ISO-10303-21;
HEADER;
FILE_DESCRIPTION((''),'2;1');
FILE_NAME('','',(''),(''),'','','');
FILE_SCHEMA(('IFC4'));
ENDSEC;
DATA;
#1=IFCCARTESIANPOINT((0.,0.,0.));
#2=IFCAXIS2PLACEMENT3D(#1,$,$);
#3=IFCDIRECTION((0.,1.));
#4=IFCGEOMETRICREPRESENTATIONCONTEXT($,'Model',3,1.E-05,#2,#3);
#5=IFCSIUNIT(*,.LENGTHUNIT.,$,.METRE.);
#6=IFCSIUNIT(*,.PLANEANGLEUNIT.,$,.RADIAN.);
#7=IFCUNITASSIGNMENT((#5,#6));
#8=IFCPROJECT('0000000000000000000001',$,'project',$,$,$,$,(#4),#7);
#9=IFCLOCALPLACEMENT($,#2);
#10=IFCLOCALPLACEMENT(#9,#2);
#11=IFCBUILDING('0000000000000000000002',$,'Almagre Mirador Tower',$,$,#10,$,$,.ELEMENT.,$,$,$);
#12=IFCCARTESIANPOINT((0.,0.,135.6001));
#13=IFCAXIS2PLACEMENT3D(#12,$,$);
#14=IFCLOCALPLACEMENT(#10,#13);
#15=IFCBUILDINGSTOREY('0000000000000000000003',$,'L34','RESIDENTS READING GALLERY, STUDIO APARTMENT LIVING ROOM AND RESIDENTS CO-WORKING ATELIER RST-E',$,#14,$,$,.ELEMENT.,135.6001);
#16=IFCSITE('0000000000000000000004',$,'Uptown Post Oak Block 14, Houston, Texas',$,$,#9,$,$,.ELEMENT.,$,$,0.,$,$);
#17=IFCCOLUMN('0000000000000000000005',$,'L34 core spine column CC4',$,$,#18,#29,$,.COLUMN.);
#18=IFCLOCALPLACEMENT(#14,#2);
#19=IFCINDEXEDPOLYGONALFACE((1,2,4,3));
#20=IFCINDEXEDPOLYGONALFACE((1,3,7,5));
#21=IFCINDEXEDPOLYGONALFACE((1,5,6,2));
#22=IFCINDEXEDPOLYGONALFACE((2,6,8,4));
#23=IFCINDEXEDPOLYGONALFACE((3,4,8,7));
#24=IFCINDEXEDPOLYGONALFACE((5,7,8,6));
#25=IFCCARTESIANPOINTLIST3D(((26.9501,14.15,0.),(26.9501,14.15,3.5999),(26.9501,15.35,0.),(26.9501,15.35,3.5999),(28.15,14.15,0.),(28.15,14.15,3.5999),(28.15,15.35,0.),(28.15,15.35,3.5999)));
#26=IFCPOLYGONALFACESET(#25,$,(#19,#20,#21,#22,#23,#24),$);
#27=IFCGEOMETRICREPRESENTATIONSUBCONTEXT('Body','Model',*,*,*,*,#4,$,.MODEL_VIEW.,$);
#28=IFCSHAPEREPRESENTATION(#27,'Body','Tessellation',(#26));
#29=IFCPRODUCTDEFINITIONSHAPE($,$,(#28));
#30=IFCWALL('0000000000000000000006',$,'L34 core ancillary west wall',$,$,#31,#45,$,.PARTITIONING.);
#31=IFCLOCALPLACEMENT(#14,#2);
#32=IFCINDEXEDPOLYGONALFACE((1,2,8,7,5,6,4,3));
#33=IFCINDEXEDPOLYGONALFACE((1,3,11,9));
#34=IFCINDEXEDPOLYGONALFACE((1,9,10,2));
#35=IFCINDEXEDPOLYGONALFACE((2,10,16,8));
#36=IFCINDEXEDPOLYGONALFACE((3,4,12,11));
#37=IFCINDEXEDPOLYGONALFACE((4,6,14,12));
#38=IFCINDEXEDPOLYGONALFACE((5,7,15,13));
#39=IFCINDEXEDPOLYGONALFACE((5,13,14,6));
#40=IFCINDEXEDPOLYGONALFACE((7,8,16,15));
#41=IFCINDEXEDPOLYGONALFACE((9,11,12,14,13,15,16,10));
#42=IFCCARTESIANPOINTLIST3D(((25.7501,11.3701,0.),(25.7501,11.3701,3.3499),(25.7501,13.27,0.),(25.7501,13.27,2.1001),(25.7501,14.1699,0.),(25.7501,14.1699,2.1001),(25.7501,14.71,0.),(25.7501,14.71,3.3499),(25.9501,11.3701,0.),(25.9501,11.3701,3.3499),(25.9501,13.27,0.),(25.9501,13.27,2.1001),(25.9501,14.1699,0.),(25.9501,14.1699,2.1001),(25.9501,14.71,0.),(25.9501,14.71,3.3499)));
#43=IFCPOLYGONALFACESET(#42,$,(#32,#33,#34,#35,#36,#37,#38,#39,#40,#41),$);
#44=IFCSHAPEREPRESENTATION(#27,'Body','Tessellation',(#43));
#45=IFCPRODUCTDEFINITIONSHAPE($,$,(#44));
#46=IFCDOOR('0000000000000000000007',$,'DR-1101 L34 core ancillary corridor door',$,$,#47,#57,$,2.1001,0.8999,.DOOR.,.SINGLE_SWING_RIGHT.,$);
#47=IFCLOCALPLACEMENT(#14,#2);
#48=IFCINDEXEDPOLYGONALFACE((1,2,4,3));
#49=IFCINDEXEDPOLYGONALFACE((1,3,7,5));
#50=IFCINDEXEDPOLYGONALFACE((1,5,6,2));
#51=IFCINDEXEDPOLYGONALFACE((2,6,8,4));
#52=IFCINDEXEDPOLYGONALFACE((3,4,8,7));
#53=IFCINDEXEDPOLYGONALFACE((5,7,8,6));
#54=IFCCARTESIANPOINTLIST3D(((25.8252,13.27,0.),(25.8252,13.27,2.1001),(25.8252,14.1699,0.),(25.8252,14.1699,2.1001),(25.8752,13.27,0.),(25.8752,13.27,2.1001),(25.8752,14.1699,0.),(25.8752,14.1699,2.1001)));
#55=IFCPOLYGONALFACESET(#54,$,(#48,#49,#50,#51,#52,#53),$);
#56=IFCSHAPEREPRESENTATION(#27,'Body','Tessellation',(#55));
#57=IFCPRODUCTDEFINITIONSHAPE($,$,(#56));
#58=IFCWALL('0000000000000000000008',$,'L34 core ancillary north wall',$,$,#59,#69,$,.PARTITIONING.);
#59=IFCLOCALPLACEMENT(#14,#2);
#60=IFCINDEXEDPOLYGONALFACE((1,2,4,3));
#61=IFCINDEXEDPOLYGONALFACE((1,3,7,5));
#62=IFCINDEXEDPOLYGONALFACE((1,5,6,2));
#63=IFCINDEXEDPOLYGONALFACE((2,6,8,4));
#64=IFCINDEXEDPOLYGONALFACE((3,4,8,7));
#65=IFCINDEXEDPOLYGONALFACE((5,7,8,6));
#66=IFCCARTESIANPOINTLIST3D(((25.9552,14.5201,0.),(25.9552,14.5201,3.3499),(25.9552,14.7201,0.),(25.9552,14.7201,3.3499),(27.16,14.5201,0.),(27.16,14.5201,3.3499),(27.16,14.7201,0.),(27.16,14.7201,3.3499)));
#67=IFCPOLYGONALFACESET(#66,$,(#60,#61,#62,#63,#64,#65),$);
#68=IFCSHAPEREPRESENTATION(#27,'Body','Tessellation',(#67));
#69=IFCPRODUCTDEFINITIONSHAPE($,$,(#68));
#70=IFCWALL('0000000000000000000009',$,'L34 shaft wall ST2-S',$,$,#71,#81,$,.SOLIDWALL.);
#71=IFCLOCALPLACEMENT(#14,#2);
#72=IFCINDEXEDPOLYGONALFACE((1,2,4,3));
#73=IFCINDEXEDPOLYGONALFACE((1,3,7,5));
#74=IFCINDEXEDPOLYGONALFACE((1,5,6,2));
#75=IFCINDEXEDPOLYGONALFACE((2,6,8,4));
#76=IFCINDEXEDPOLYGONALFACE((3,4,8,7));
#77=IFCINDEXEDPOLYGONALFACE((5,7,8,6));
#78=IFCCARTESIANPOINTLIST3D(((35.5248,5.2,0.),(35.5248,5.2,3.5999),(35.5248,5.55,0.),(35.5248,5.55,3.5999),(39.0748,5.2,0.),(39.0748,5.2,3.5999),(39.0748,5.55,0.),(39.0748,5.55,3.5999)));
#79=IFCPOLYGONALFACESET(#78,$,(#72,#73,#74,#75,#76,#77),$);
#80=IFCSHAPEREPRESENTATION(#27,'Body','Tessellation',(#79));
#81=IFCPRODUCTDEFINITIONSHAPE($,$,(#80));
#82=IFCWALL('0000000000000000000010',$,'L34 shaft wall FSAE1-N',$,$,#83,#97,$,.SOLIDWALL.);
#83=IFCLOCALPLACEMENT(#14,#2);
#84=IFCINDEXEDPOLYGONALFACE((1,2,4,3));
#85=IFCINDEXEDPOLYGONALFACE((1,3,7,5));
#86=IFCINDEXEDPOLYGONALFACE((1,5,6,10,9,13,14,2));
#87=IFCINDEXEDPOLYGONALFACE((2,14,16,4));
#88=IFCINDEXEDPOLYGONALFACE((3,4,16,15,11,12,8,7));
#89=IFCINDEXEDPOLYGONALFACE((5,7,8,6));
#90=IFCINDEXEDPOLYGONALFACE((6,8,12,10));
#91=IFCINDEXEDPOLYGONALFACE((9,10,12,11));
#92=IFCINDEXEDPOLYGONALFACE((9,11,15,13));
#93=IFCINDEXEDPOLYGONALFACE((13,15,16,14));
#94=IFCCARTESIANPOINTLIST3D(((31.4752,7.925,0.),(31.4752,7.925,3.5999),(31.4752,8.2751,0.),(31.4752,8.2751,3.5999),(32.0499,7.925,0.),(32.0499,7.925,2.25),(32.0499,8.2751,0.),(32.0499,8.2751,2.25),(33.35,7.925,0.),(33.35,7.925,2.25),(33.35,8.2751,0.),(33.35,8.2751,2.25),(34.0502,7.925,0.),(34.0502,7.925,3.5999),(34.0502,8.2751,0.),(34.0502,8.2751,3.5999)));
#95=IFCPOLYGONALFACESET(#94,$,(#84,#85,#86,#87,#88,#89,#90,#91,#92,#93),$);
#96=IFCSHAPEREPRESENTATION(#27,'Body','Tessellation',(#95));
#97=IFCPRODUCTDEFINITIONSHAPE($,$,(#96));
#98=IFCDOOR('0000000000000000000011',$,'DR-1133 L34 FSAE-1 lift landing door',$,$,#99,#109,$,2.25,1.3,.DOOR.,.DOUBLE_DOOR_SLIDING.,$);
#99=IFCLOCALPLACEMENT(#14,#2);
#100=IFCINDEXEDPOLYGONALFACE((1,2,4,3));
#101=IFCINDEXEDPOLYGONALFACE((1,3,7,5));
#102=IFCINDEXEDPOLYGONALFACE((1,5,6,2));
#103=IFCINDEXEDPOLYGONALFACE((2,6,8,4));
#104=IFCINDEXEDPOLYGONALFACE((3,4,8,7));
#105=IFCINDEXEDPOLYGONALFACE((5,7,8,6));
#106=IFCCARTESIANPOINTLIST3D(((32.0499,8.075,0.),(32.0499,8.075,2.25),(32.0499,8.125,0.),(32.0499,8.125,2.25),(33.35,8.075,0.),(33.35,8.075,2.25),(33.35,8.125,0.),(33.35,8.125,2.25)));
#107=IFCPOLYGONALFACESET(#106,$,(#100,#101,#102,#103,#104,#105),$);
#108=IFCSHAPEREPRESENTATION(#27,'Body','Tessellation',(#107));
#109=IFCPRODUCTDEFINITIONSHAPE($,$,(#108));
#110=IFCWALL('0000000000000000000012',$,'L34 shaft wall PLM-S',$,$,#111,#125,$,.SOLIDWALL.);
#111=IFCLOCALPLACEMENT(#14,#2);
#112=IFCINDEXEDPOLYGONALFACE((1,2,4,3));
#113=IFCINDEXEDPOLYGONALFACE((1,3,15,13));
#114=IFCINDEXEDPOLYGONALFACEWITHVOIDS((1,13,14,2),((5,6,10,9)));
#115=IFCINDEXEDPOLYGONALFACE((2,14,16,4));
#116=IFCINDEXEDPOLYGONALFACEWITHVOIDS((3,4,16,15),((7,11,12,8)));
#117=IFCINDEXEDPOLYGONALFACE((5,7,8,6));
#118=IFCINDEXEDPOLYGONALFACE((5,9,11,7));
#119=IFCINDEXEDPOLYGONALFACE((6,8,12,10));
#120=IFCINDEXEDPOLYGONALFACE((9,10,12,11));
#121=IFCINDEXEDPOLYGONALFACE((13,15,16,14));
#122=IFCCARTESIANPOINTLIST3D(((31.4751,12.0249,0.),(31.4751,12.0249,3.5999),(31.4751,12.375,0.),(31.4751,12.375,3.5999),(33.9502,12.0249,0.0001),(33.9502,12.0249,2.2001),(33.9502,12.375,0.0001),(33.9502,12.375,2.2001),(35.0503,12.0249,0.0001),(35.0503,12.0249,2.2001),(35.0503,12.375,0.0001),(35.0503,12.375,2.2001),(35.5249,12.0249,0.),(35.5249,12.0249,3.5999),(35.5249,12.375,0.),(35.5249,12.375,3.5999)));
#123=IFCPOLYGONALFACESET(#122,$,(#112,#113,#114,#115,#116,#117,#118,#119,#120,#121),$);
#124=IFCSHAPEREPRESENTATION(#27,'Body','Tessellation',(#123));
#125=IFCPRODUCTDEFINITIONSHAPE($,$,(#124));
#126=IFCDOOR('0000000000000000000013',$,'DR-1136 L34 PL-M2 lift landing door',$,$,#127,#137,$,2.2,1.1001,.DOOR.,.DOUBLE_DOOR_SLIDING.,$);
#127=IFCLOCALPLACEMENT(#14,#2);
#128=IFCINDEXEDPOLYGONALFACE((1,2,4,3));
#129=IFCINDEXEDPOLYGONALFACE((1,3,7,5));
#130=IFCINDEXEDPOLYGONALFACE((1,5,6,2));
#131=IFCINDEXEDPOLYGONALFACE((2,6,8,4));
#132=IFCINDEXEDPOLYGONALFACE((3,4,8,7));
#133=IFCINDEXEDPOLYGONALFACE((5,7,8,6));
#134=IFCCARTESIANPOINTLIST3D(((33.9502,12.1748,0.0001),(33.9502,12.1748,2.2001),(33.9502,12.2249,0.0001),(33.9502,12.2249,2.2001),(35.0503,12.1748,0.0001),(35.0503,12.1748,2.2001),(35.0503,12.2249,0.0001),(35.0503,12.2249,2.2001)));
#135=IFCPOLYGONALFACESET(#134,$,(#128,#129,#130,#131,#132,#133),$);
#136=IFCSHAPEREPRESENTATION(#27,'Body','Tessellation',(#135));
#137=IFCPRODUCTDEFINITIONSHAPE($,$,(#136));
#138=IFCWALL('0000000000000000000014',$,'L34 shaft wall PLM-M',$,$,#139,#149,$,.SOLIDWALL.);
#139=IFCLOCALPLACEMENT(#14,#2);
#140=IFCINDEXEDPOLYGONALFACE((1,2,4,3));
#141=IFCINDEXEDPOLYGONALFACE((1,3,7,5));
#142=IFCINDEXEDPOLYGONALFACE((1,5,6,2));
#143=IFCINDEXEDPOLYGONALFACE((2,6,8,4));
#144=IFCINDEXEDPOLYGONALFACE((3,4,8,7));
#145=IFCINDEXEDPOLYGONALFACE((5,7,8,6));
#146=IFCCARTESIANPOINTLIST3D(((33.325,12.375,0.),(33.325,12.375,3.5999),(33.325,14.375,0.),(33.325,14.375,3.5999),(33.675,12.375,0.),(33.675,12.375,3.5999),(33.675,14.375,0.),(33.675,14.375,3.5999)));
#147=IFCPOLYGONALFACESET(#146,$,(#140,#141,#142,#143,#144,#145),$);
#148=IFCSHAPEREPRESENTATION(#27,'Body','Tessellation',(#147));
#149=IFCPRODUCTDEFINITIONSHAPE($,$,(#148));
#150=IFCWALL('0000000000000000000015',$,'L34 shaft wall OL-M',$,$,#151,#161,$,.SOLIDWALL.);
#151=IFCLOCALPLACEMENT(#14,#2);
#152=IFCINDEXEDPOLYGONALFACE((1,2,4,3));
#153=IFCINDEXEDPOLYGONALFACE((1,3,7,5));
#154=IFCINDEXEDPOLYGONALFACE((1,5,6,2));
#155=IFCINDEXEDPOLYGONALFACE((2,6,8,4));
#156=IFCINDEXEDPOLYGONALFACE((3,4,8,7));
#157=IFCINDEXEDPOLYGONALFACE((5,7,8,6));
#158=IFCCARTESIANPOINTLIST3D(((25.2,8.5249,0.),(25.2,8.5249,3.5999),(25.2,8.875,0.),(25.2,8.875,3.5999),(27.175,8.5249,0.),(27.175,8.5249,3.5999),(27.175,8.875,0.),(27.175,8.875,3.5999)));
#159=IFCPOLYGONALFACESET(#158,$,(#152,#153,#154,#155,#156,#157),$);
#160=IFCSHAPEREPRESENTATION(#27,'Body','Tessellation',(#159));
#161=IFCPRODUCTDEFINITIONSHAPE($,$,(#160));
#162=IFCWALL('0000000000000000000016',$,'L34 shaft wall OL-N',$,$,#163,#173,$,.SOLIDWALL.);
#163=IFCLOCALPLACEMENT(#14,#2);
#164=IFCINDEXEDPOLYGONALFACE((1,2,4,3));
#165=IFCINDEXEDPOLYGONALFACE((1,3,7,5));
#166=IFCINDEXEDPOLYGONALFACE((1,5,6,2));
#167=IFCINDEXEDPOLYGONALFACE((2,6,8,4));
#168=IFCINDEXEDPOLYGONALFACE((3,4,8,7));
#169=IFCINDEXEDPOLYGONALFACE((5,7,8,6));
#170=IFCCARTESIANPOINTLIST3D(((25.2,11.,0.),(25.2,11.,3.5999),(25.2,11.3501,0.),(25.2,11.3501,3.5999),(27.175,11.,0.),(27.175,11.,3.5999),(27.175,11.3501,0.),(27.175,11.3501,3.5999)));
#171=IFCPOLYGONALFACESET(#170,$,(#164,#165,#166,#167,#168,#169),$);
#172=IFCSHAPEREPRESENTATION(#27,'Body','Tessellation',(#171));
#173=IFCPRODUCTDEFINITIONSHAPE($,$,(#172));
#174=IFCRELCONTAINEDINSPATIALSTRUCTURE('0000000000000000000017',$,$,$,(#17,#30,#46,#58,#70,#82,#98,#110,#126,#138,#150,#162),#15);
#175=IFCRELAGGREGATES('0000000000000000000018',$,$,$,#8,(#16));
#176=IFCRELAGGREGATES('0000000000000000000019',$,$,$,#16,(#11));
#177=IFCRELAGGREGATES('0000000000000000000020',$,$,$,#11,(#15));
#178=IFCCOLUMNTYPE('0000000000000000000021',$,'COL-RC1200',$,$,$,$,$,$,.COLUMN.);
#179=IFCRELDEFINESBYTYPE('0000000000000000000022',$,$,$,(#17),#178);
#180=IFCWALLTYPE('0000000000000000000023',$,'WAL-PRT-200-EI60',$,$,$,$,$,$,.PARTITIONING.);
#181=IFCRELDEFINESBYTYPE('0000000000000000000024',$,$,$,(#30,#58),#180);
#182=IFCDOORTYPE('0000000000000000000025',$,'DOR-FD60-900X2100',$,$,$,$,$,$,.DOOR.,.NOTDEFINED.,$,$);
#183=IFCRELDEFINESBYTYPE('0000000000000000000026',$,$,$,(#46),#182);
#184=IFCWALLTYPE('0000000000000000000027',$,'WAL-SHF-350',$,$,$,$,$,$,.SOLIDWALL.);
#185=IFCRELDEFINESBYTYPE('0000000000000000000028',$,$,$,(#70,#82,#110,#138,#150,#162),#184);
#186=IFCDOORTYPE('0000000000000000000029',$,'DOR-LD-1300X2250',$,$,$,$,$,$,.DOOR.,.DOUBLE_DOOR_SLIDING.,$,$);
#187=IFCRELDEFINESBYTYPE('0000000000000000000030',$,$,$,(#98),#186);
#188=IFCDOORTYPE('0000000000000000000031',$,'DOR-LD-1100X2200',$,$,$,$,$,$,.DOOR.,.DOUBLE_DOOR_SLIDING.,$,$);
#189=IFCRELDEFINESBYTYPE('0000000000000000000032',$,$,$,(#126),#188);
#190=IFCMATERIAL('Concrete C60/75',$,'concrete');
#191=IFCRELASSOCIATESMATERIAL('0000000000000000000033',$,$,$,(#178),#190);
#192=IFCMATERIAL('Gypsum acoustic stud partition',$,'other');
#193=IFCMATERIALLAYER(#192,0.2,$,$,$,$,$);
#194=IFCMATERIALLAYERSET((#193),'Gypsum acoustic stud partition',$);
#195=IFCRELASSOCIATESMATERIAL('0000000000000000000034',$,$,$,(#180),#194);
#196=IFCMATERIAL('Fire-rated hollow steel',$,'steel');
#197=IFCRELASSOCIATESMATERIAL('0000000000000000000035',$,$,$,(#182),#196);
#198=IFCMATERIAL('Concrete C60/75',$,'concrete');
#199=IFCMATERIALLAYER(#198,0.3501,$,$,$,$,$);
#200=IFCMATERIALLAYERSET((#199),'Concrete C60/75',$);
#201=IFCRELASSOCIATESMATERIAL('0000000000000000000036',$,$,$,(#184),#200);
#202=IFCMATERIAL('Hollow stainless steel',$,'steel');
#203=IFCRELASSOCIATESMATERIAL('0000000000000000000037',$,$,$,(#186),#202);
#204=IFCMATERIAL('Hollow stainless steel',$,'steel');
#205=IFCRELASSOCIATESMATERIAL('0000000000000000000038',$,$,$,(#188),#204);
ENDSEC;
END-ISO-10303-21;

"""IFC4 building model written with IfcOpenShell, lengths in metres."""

from ifc_helpers import new_model, si_unit, direction, frame, frame_2d, origin, origin_2d, place, context, subcontext, project, spatial, rectangle, extrude, material, layer, layer_set, material_profile, profile_set, type_object, element, fill, save


model = new_model("IFC4")

# Units and contexts
model_context = context("Model", 3, precision=1e-05, world=origin(), true_north=direction((0.0, 1.0)))
body_context = subcontext(model_context, "Body", "Model", "MODEL_VIEW")
ifc_project = project(units=[si_unit("LENGTHUNIT", "METRE"), si_unit("PLANEANGLEUNIT", "RADIAN")], contexts=[model_context])

# Site, building, storey
site_placement = place(None, origin())
site = spatial("IfcSite", under=ifc_project, at=site_placement, Name="Uptown Post Oak Block 14, Houston, Texas", CompositionType="ELEMENT", RefElevation=0.0)
building_placement = place(site_placement, origin())
building = spatial("IfcBuilding", under=site, at=building_placement, Name="Almagre Mirador Tower", CompositionType="ELEMENT")
storey_placement = place(building_placement, frame((0.0, 0.0, 135.6001)))
storey = spatial("IfcBuildingStorey", under=building, at=storey_placement, Name="L34", Description="RESIDENTS READING GALLERY, STUDIO APARTMENT LIVING ROOM AND RESIDENTS CO-WORKING ATELIER RST-E", CompositionType="ELEMENT", Elevation=135.6001)

# Column
ifc_material_1 = material(Name="Concrete C60/75", Category="concrete")
ifc_material_profile = material_profile(ifc_material_1, rectangle(XDim=1.2, YDim=1.2, at=origin_2d()), Name="RC1200X1200")
ifc_profile_set = profile_set([ifc_material_profile], Name="Concrete C60/75")
column_type = type_object("IfcColumnType", Name="COL-RC1200", PredefinedType="COLUMN", material=ifc_profile_set)
column_placement = place(storey_placement, frame((27.55, 14.75, 0.0), z_axis=(0.0, 0.0, 1.0), x_axis=(1.0, 0.0, 0.0)))
element("IfcColumn", 1, at=column_placement, inside=storey, type_object=column_type, Name="L34 core spine column CC4", PredefinedType="COLUMN", context=body_context, shape_type="SweptSolid", body=[
    extrude(rectangle(XDim=1.2, YDim=1.2, at=origin_2d()), origin(), (0.0, 0.0, 1.0), 3.5999),
])

# Wall, opening, door
ifc_material_2 = material(Name="Gypsum acoustic stud partition", Category="other")
ifc_layer_1 = layer(ifc_material_2, 0.2)
ifc_layer_set_1 = layer_set([ifc_layer_1], Name="Gypsum acoustic stud partition")
wall_type_1 = type_object("IfcWallType", Name="WAL-PRT-200-EI60", PredefinedType="PARTITIONING", material=ifc_layer_set_1)
wall_1_placement = place(storey_placement, frame((25.8501, 11.3701, 0.0), z_axis=(0.0, 0.0, 1.0), x_axis=(0.0, 1.0, 0.0)))
wall_1 = element("IfcWall", 2, at=wall_1_placement, inside=storey, type_object=wall_type_1, Name="L34 core ancillary west wall", PredefinedType="PARTITIONING", context=body_context, shape_type="SweptSolid", body=[
    extrude(rectangle(XDim=3.3398, YDim=0.2, at=frame_2d((1.6699, 0.0))), origin(), (0.0, 0.0, 1.0), 3.3499),
])
opening_1_placement = place(wall_1_placement, frame((1.8999, 0.0, 0.0)))
opening_1 = element("IfcOpeningElement", 3, at=opening_1_placement, cuts=wall_1, PredefinedType="OPENING", context=body_context, shape_type="SweptSolid", body=[
    extrude(rectangle(XDim=0.8999, YDim=2.1001, at=frame_2d((0.45, 1.05))), frame((0.0, 0.1101, 0.0), z_axis=(0.0, -1.0, 0.0), x_axis=(1.0, 0.0, 0.0)), (0.0, 0.0, 1.0), 0.22),
])
ifc_material_3 = material(Name="Fire-rated hollow steel", Category="steel")
door_type_1 = type_object("IfcDoorType", Name="DOR-FD60-900X2100", OperationType="NOTDEFINED", PredefinedType="DOOR", material=ifc_material_3)
door_1_placement = place(opening_1_placement, origin())
door_1 = element("IfcDoor", 4, at=door_1_placement, inside=storey, type_object=door_type_1, Name="DR-1101 L34 core ancillary corridor door", OperationType="SINGLE_SWING_RIGHT", OverallHeight=2.1001, OverallWidth=0.8999, PredefinedType="DOOR", context=body_context, shape_type="SweptSolid", body=[
    extrude(rectangle(XDim=0.8999, YDim=2.1001, at=frame_2d((0.45, 1.05))), frame((0.0, 0.0249, 0.0), z_axis=(0.0, -1.0, 0.0), x_axis=(1.0, 0.0, 0.0)), (0.0, 0.0, 1.0), 0.05),
])
fill(opening_1, door_1)

# Walls
wall_2_placement = place(storey_placement, frame((25.9551, 14.6201, 0.0), z_axis=(0.0, 0.0, 1.0), x_axis=(1.0, 0.0, 0.0)))
element("IfcWall", 5, at=wall_2_placement, inside=storey, type_object=wall_type_1, Name="L34 core ancillary north wall", PredefinedType="PARTITIONING", context=body_context, shape_type="SweptSolid", body=[
    extrude(rectangle(XDim=1.2048, YDim=0.2, at=frame_2d((0.6025, 0.0))), origin(), (0.0, 0.0, 1.0), 3.3499),
])
ifc_material_4 = material(Name="Concrete C60/75", Category="concrete")
ifc_layer_2 = layer(ifc_material_4, 0.3501)
ifc_layer_set_2 = layer_set([ifc_layer_2], Name="Concrete C60/75")
wall_type_2 = type_object("IfcWallType", Name="WAL-SHF-350", PredefinedType="SOLIDWALL", material=ifc_layer_set_2)
wall_3_placement = place(storey_placement, frame((35.5249, 5.375, 0.0), z_axis=(0.0, 0.0, 1.0), x_axis=(1.0, 0.0, 0.0)))
element("IfcWall", 6, at=wall_3_placement, inside=storey, type_object=wall_type_2, Name="L34 shaft wall ST2-S", PredefinedType="SOLIDWALL", context=body_context, shape_type="SweptSolid", body=[
    extrude(rectangle(XDim=3.55, YDim=0.3501, at=frame_2d((1.7749, 0.0))), origin(), (0.0, 0.0, 1.0), 3.5999),
])

# Walls, openings, doors
wall_4_placement = place(storey_placement, frame((31.4751, 8.1001, 0.0), z_axis=(0.0, 0.0, 1.0), x_axis=(1.0, 0.0, 0.0)))
wall_4 = element("IfcWall", 7, at=wall_4_placement, inside=storey, type_object=wall_type_2, Name="L34 shaft wall FSAE1-N", PredefinedType="SOLIDWALL", context=body_context, shape_type="SweptSolid", body=[
    extrude(rectangle(XDim=2.575, YDim=0.3501, at=frame_2d((1.2876, 0.0))), origin(), (0.0, 0.0, 1.0), 3.5999),
])
opening_2_placement = place(wall_4_placement, frame((0.575, 0.0, 0.0)))
opening_2 = element("IfcOpeningElement", 8, at=opening_2_placement, cuts=wall_4, PredefinedType="OPENING", context=body_context, shape_type="SweptSolid", body=[
    extrude(rectangle(XDim=1.3, YDim=2.25, at=frame_2d((0.6499, 1.125))), frame((0.0, 0.185, 0.0), z_axis=(0.0, -1.0, 0.0), x_axis=(1.0, 0.0, 0.0)), (0.0, 0.0, 1.0), 0.3701),
])
ifc_material_5 = material(Name="Hollow stainless steel", Category="steel")
door_type_2 = type_object("IfcDoorType", Name="DOR-LD-1300X2250", OperationType="DOUBLE_DOOR_SLIDING", PredefinedType="DOOR", material=ifc_material_5)
door_2_placement = place(opening_2_placement, origin())
door_2 = element("IfcDoor", 9, at=door_2_placement, inside=storey, type_object=door_type_2, Name="DR-1133 L34 FSAE-1 lift landing door", OperationType="DOUBLE_DOOR_SLIDING", OverallHeight=2.25, OverallWidth=1.3, PredefinedType="DOOR", context=body_context, shape_type="SweptSolid", body=[
    extrude(rectangle(XDim=1.3, YDim=2.25, at=frame_2d((0.6499, 1.125))), frame((0.0, 0.0249, 0.0), z_axis=(0.0, -1.0, 0.0), x_axis=(1.0, 0.0, 0.0)), (0.0, 0.0, 1.0), 0.05),
])
fill(opening_2, door_2)
wall_5_placement = place(storey_placement, frame((31.4751, 12.2, 0.0), z_axis=(0.0, 0.0, 1.0), x_axis=(1.0, 0.0, 0.0)))
wall_5 = element("IfcWall", 10, at=wall_5_placement, inside=storey, type_object=wall_type_2, Name="L34 shaft wall PLM-S", PredefinedType="SOLIDWALL", context=body_context, shape_type="SweptSolid", body=[
    extrude(rectangle(XDim=4.0498, YDim=0.3501, at=frame_2d((2.0249, 0.0))), origin(), (0.0, 0.0, 1.0), 3.5999),
])
opening_3_placement = place(wall_5_placement, frame((2.4751, 0.0, 0.0)))
opening_3 = element("IfcOpeningElement", 11, at=opening_3_placement, cuts=wall_5, PredefinedType="OPENING", context=body_context, shape_type="SweptSolid", body=[
    extrude(rectangle(XDim=1.1001, YDim=2.2, at=frame_2d((0.55, 1.1001))), frame((0.0, 0.185, 0.0), z_axis=(0.0, -1.0, 0.0), x_axis=(1.0, 0.0, 0.0)), (0.0, 0.0, 1.0), 0.3701),
])
ifc_material_6 = material(Name="Hollow stainless steel", Category="steel")
door_type_3 = type_object("IfcDoorType", Name="DOR-LD-1100X2200", OperationType="DOUBLE_DOOR_SLIDING", PredefinedType="DOOR", material=ifc_material_6)
door_3_placement = place(opening_3_placement, origin())
door_3 = element("IfcDoor", 12, at=door_3_placement, inside=storey, type_object=door_type_3, Name="DR-1136 L34 PL-M2 lift landing door", OperationType="DOUBLE_DOOR_SLIDING", OverallHeight=2.2, OverallWidth=1.1001, PredefinedType="DOOR", context=body_context, shape_type="SweptSolid", body=[
    extrude(rectangle(XDim=1.1001, YDim=2.2, at=frame_2d((0.55, 1.1001))), frame((0.0, 0.0249, 0.0), z_axis=(0.0, -1.0, 0.0), x_axis=(1.0, 0.0, 0.0)), (0.0, 0.0, 1.0), 0.05),
])
fill(opening_3, door_3)

# Walls
wall_6_placement = place(storey_placement, frame((33.5, 12.375, 0.0), z_axis=(0.0, 0.0, 1.0), x_axis=(0.0, 1.0, 0.0)))
element("IfcWall", 13, at=wall_6_placement, inside=storey, type_object=wall_type_2, Name="L34 shaft wall PLM-M", PredefinedType="SOLIDWALL", context=body_context, shape_type="SweptSolid", body=[
    extrude(rectangle(XDim=2.0, YDim=0.3501, at=frame_2d((1.0, 0.0))), origin(), (0.0, 0.0, 1.0), 3.5999),
])
for number, where, z_axis, x_axis, name in (
    (14, (25.2, 8.7, 0.0), (0.0, 0.0, 1.0), (1.0, 0.0, 0.0), "L34 shaft wall OL-M"),
    (15, (25.2, 11.175, 0.0), (0.0, 0.0, 1.0), (1.0, 0.0, 0.0), "L34 shaft wall OL-N"),
):
    element("IfcWall", number, at=place(storey_placement, frame(where, z_axis=z_axis, x_axis=x_axis)), inside=storey, type_object=wall_type_2, Name=name, PredefinedType="SOLIDWALL", context=body_context, shape_type="SweptSolid", body=[
        extrude(rectangle(XDim=1.9751, YDim=0.3501, at=frame_2d((0.9875, 0.0))), origin(), (0.0, 0.0, 1.0), 3.5999),
    ])

save(model, "model.ifc")
